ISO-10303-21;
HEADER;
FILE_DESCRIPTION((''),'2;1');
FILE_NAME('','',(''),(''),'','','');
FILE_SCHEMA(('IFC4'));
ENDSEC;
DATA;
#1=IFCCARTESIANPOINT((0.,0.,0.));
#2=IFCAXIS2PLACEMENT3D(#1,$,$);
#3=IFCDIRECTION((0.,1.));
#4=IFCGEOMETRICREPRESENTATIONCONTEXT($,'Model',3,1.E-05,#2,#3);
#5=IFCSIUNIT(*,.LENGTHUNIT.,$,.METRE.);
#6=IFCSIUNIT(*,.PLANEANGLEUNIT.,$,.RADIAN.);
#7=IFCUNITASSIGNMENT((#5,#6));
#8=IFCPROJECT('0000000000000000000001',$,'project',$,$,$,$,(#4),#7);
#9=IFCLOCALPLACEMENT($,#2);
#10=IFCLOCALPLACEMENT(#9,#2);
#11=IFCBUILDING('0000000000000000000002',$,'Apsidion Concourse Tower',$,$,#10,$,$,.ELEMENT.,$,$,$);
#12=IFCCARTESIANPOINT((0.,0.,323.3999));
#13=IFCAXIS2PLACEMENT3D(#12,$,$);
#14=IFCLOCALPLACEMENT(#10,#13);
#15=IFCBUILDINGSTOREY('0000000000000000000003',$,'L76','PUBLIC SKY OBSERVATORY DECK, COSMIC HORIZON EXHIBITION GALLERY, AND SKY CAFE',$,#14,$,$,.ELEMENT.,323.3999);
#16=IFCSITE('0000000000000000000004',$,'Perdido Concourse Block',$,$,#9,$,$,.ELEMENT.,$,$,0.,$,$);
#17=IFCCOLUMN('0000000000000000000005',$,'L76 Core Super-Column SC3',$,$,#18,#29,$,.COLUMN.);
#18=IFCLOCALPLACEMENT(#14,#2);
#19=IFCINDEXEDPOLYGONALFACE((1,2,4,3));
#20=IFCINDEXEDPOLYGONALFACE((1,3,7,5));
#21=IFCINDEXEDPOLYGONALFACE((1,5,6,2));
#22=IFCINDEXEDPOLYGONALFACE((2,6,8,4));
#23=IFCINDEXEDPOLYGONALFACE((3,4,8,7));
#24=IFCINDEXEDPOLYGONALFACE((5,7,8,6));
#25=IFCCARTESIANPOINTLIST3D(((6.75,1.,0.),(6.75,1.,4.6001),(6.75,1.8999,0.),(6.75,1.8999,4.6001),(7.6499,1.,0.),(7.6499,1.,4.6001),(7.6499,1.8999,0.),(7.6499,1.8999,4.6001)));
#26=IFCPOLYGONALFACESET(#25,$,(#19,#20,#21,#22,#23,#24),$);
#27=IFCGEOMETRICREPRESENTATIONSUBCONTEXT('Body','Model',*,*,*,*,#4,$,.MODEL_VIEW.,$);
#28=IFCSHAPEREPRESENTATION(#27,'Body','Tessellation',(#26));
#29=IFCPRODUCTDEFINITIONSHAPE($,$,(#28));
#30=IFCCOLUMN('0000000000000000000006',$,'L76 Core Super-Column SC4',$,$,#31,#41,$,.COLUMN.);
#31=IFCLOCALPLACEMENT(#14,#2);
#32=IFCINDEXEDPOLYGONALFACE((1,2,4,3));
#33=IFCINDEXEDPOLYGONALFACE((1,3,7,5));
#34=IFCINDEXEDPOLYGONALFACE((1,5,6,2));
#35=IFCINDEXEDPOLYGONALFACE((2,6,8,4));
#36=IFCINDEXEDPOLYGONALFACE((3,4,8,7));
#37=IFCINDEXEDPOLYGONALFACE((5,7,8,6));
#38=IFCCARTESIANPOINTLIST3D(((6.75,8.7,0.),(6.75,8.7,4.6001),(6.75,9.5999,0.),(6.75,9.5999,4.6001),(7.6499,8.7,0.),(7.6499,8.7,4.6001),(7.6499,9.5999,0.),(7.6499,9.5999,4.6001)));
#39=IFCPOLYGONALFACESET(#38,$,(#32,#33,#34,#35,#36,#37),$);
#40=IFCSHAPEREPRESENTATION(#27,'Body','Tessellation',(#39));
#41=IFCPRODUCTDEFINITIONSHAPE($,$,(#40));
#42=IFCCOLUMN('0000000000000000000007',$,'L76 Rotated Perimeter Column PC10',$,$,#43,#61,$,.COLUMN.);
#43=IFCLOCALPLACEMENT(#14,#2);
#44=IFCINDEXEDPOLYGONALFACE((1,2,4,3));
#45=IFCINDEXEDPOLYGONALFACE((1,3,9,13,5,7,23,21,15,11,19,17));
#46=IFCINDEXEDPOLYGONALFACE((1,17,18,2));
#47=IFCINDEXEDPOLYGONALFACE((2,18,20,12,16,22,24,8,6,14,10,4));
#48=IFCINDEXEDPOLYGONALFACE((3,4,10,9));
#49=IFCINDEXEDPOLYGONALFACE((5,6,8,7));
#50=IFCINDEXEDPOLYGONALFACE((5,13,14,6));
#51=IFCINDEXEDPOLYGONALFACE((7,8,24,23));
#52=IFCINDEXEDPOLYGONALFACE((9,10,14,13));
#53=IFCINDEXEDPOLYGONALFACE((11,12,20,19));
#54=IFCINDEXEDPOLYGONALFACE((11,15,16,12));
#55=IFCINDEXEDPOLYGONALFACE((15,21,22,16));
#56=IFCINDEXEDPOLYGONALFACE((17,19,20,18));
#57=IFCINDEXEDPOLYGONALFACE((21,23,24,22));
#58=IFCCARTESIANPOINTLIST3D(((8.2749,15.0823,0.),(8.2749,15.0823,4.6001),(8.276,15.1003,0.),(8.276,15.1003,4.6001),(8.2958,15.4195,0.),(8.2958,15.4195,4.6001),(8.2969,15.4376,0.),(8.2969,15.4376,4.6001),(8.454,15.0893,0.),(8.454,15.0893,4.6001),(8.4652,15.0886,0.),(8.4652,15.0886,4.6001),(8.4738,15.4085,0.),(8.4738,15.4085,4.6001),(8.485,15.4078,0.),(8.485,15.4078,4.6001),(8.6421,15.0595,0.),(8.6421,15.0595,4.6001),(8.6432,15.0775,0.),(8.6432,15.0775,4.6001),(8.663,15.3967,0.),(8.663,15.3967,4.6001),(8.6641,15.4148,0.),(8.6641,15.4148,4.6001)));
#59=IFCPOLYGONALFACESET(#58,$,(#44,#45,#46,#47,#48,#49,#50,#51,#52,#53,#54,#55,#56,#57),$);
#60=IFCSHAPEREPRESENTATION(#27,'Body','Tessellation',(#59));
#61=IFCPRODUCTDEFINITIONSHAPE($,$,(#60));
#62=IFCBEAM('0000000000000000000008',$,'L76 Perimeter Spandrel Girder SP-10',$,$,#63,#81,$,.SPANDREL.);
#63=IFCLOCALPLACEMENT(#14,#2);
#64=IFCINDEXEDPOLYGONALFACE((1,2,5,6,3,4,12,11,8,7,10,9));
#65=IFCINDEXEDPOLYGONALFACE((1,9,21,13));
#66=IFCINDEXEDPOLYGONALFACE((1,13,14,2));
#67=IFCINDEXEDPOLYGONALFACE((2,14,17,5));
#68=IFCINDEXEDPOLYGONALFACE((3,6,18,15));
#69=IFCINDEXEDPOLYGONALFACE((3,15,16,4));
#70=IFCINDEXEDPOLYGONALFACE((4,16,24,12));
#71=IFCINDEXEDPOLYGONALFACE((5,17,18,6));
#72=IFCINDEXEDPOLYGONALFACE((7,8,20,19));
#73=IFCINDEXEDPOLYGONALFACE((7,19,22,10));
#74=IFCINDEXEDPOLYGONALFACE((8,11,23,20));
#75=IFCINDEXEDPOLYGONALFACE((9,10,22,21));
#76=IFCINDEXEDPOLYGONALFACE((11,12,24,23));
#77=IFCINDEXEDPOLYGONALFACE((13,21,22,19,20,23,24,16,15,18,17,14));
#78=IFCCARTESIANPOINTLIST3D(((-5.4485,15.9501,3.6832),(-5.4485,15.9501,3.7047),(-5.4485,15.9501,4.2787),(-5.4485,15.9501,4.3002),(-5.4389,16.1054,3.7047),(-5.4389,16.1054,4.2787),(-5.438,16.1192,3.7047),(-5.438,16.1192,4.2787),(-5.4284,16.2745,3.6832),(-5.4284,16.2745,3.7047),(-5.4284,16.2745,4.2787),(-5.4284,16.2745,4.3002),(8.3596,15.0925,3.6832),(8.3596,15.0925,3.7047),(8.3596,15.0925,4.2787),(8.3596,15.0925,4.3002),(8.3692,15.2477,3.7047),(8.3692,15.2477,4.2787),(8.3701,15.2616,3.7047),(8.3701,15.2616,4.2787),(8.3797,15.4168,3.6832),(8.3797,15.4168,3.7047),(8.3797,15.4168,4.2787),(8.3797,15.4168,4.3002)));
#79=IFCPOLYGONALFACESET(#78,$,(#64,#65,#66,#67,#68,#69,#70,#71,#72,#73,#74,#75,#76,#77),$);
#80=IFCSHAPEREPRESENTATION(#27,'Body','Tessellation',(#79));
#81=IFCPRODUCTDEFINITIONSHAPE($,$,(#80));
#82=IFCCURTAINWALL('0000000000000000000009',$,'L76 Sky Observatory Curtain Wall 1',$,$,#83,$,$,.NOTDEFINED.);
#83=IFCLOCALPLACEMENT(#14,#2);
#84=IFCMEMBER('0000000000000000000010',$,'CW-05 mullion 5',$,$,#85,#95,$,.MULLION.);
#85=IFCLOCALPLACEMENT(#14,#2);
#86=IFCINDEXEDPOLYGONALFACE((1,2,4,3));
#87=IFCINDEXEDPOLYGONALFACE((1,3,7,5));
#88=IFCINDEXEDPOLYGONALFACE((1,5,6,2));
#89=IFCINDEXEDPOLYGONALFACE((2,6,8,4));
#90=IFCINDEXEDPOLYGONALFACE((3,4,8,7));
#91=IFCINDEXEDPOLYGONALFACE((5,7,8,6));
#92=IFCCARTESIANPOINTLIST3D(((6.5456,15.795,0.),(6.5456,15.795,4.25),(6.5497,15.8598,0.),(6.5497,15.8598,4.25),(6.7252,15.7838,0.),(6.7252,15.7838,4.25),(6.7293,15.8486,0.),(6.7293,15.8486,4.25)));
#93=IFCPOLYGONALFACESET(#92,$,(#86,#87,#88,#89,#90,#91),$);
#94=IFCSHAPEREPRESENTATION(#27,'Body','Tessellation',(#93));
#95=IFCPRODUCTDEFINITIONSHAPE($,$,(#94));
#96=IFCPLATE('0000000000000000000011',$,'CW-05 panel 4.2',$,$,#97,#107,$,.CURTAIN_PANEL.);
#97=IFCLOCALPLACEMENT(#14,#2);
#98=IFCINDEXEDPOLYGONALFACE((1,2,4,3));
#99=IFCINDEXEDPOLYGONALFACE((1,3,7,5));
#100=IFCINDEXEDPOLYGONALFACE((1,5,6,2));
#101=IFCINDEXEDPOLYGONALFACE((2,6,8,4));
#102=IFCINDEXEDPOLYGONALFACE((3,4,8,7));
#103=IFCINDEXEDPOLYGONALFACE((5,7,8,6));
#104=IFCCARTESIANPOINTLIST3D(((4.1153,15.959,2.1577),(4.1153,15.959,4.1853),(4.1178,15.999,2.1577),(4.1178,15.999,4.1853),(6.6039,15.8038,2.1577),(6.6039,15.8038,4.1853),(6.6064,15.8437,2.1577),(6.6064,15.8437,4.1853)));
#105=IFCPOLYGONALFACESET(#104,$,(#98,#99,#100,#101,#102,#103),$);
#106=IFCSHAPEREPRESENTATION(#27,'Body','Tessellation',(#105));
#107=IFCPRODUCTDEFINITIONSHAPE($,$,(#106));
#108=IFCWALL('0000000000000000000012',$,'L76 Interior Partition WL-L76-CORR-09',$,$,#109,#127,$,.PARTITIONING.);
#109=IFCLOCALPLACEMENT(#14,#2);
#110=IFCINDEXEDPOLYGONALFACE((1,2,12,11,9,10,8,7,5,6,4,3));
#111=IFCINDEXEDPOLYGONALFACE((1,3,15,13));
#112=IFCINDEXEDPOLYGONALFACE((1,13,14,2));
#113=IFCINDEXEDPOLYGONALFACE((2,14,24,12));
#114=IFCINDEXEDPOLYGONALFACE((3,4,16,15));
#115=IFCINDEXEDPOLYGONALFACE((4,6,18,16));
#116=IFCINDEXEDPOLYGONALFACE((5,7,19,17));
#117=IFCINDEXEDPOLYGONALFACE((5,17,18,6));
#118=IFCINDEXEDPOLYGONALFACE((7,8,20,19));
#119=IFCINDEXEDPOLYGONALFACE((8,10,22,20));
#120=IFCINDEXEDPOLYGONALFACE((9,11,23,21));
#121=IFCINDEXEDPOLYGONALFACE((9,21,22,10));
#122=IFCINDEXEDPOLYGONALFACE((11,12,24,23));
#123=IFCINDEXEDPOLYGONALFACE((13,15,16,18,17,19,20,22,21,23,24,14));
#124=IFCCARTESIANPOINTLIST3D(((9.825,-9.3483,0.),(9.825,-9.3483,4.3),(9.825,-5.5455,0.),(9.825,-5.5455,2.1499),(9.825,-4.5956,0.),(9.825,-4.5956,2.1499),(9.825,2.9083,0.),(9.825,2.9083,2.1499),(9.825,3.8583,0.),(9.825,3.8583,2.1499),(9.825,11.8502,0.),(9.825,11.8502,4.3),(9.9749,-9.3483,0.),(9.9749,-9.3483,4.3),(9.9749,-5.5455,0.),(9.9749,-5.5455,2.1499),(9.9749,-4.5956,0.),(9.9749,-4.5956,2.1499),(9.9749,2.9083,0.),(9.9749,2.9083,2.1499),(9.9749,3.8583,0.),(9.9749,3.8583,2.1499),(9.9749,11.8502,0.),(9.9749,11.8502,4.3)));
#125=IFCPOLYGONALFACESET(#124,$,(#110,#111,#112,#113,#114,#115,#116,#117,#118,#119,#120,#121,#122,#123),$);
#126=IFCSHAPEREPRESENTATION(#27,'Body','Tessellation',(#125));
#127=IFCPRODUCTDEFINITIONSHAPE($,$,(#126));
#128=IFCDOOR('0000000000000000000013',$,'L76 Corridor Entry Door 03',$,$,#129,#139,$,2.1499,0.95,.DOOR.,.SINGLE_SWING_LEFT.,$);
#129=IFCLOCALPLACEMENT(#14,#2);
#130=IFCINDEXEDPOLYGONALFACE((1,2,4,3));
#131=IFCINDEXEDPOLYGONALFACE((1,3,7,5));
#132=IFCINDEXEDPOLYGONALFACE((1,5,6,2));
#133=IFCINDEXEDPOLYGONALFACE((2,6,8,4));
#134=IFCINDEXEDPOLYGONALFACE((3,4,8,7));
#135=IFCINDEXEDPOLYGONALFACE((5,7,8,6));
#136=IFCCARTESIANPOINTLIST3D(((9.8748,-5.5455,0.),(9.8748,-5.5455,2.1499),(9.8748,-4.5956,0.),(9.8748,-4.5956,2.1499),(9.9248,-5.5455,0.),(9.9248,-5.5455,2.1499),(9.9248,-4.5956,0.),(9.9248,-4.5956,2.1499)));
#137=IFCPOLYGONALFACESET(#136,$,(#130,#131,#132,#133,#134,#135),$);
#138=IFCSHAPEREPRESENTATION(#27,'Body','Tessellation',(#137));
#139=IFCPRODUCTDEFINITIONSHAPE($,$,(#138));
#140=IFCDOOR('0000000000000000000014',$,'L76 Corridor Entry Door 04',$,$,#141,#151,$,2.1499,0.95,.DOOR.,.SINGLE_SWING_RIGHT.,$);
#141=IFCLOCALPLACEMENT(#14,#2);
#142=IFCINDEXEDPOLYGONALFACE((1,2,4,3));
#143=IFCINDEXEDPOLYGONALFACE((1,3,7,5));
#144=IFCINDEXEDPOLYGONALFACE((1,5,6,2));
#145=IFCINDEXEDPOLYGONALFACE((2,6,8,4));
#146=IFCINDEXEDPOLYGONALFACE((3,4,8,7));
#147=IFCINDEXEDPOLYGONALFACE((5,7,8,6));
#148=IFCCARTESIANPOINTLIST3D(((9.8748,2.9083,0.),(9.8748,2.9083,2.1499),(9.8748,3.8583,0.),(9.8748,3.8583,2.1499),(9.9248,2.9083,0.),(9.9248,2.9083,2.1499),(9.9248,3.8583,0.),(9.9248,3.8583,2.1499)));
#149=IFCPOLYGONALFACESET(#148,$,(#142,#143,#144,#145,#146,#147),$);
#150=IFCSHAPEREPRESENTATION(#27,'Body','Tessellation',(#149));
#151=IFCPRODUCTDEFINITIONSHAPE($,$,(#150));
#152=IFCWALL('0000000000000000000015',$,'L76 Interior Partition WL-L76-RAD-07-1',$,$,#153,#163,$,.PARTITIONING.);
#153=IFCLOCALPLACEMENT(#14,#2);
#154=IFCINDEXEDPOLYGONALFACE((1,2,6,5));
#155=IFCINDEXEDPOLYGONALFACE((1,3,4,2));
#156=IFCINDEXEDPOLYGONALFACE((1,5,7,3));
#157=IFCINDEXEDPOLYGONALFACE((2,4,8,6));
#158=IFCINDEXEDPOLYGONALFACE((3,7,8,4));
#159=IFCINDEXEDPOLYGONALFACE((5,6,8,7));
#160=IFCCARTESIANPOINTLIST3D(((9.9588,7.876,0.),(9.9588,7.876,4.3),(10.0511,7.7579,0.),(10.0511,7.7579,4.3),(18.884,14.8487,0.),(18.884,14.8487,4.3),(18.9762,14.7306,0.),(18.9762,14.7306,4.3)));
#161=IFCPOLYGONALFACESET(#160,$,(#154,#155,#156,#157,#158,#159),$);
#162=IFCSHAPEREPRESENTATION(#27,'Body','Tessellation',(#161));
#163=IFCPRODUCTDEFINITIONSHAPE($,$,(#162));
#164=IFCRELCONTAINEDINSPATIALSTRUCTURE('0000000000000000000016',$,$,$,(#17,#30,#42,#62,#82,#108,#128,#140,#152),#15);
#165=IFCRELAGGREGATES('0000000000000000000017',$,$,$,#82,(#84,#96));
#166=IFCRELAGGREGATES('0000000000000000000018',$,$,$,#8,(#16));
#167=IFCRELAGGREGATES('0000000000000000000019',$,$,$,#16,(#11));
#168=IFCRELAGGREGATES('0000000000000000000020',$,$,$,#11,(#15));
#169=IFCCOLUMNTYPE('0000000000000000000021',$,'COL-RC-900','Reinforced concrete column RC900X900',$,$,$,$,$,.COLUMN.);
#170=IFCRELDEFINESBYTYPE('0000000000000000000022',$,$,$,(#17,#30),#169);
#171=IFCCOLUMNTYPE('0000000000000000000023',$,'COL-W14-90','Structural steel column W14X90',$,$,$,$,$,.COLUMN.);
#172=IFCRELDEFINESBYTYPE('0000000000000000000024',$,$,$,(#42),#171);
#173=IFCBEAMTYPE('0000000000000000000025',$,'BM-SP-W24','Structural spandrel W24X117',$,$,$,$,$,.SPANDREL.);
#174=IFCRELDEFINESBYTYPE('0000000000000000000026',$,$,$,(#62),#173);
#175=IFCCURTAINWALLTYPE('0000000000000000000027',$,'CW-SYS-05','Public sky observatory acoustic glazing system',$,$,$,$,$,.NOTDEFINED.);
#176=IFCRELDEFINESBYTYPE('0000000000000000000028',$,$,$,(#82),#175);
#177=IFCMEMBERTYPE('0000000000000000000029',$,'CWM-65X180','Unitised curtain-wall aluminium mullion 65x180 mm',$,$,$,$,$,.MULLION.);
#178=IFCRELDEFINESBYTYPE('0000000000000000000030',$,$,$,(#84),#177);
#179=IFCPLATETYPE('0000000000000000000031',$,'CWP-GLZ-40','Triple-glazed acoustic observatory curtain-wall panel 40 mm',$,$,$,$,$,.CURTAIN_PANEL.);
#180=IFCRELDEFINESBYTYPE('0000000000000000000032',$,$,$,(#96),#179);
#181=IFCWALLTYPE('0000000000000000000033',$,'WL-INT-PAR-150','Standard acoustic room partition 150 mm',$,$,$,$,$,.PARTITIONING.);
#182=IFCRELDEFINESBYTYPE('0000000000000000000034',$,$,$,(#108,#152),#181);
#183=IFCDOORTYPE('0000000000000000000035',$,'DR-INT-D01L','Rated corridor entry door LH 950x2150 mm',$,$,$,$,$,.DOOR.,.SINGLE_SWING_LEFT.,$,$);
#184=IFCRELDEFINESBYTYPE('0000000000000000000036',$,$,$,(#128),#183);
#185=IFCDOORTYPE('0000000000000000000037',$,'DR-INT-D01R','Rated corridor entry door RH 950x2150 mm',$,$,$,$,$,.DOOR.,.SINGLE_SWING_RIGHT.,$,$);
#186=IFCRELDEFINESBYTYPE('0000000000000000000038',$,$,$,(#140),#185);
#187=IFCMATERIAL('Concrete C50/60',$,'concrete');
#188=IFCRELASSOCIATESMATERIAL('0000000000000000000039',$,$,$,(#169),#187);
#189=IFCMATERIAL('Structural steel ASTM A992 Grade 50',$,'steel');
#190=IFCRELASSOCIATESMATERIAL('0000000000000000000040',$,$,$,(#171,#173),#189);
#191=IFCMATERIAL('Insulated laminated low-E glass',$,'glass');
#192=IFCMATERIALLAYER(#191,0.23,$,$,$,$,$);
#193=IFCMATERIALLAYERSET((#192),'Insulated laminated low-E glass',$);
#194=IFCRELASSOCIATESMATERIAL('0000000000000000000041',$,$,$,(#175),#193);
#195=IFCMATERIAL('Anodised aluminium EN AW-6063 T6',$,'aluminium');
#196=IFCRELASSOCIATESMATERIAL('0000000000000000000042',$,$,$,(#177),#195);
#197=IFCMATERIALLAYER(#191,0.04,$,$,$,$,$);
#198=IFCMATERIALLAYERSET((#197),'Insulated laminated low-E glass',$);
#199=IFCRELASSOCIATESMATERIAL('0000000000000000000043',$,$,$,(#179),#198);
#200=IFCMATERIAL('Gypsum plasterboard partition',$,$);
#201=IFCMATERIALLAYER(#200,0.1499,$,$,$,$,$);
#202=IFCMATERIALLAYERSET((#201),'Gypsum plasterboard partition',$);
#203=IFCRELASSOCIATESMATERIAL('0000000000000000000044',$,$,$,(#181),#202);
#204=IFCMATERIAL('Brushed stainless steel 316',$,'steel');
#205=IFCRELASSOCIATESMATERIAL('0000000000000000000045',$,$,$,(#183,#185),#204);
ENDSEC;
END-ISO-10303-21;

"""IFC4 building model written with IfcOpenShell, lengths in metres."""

from ifc_helpers import new_model, si_unit, direction, frame, frame_2d, origin, origin_2d, place, context, subcontext, project, spatial, rectangle, i_section, extrude, material, layer, layer_set, material_profile, profile_set, type_object, element, fill, aggregate, save


model = new_model("IFC4")

# Units and contexts
model_context = context("Model", 3, precision=1e-05, world=origin(), true_north=direction((0.0, 1.0)))
body_context = subcontext(model_context, "Body", "Model", "MODEL_VIEW")
ifc_project = project(units=[si_unit("LENGTHUNIT", "METRE"), si_unit("PLANEANGLEUNIT", "RADIAN")], contexts=[model_context])

# Site, building, storey
site_placement = place(None, origin())
site = spatial("IfcSite", under=ifc_project, at=site_placement, Name="Perdido Concourse Block", CompositionType="ELEMENT", RefElevation=0.0)
building_placement = place(site_placement, origin())
building = spatial("IfcBuilding", under=site, at=building_placement, Name="Apsidion Concourse Tower", CompositionType="ELEMENT")
storey_placement = place(building_placement, frame((0.0, 0.0, 323.3999)))
storey = spatial("IfcBuildingStorey", under=building, at=storey_placement, Name="L76", Description="PUBLIC SKY OBSERVATORY DECK, COSMIC HORIZON EXHIBITION GALLERY, AND SKY CAFE", CompositionType="ELEMENT", Elevation=323.3999)

# Columns
ifc_material_1 = material(Name="Concrete C50/60", Category="concrete")
ifc_material_profile_1 = material_profile(ifc_material_1, rectangle(XDim=0.8999, YDim=0.8999, at=origin_2d()), Name="RC 900x900")
ifc_profile_set_1 = profile_set([ifc_material_profile_1], Name="Concrete C50/60")
column_type_1 = type_object("IfcColumnType", Name="COL-RC-900", Description="Reinforced concrete column RC900X900", PredefinedType="COLUMN", material=ifc_profile_set_1)
for number, where, z_axis, x_axis, name in (
    (1, (7.2, 1.45, 0.0), (0.0, 0.0, 1.0), (1.0, 0.0, 0.0), "L76 Core Super-Column SC3"),
    (2, (7.2, 9.1499, 0.0), (0.0, 0.0, 1.0), (1.0, 0.0, 0.0), "L76 Core Super-Column SC4"),
):
    element("IfcColumn", number, at=place(storey_placement, frame(where, z_axis=z_axis, x_axis=x_axis)), inside=storey, type_object=column_type_1, Name=name, PredefinedType="COLUMN", context=body_context, shape_type="SweptSolid", body=[
        extrude(rectangle(XDim=0.8999, YDim=0.8999, at=origin_2d()), origin(), (0.0, 0.0, 1.0), 4.6001),
    ])
ifc_material_2 = material(Name="Structural steel ASTM A992 Grade 50", Category="steel")
ifc_material_profile_2 = material_profile(ifc_material_2, i_section(OverallWidth=0.3679, OverallDepth=0.356, WebThickness=0.0112, FlangeThickness=0.0181, at=origin_2d()), Name="W14X90")
ifc_profile_set_2 = profile_set([ifc_material_profile_2], Name="Structural steel ASTM A992 Grade 50")
column_type_2 = type_object("IfcColumnType", Name="COL-W14-90", Description="Structural steel column W14X90", PredefinedType="COLUMN", material=ifc_profile_set_2)
column_placement = place(storey_placement, frame((8.4695, 15.2485, 0.0), z_axis=(0.0, 0.0, 1.0), x_axis=(-0.998081, 0.06192, 0.0)))
element("IfcColumn", 3, at=column_placement, inside=storey, type_object=column_type_2, Name="L76 Rotated Perimeter Column PC10", PredefinedType="COLUMN", context=body_context, shape_type="SweptSolid", body=[
    extrude(i_section(OverallWidth=0.3679, OverallDepth=0.356, WebThickness=0.0112, FlangeThickness=0.0181, at=origin_2d()), origin(), (0.0, 0.0, 1.0), 4.6001),
])

# Beam
ifc_material_profile_3 = material_profile(ifc_material_2, i_section(OverallWidth=0.325, OverallDepth=0.6169, WebThickness=0.0139, FlangeThickness=0.0215, at=origin_2d()), Name="W24X117")
ifc_profile_set_3 = profile_set([ifc_material_profile_3], Name="Structural steel ASTM A992 Grade 50")
beam_type = type_object("IfcBeamType", Name="BM-SP-W24", Description="Structural spandrel W24X117", PredefinedType="SPANDREL", material=ifc_profile_set_3)
beam_placement = place(storey_placement, frame((8.3696, 15.2546, 3.9917), z_axis=(-0.998077, 0.061994, 0.0), x_axis=(-0.061994, -0.998077, 0.0)))
element("IfcBeam", 4, at=beam_placement, inside=storey, type_object=beam_type, Name="L76 Perimeter Spandrel Girder SP-10", PredefinedType="SPANDREL", context=body_context, shape_type="SweptSolid", body=[
    extrude(i_section(OverallWidth=0.325, OverallDepth=0.6169, WebThickness=0.0139, FlangeThickness=0.0215, at=origin_2d()), origin(), (0.0, 0.0, 1.0), 13.8347),
])

# Curtain wall, member, plate
ifc_material_3 = material(Name="Insulated laminated low-E glass", Category="glass")
ifc_layer_1 = layer(ifc_material_3, 0.23)
ifc_layer_set_1 = layer_set([ifc_layer_1], Name="Insulated laminated low-E glass")
curtain_wall_type = type_object("IfcCurtainWallType", Name="CW-SYS-05", Description="Public sky observatory acoustic glazing system", PredefinedType="NOTDEFINED", material=ifc_layer_set_1)
curtain_wall_placement = place(storey_placement, origin())
curtain_wall = element("IfcCurtainWall", 5, at=curtain_wall_placement, inside=storey, type_object=curtain_wall_type, Name="L76 Sky Observatory Curtain Wall 1", PredefinedType="NOTDEFINED")
ifc_material_4 = material(Name="Anodised aluminium EN AW-6063 T6", Category="aluminium")
ifc_material_profile_4 = material_profile(ifc_material_4, rectangle(XDim=0.0649, YDim=0.1799, at=origin_2d()), Name="ALU MULLION 65x180")
ifc_profile_set_4 = profile_set([ifc_material_profile_4], Name="Anodised aluminium EN AW-6063 T6")
member_type = type_object("IfcMemberType", Name="CWM-65X180", Description="Unitised curtain-wall aluminium mullion 65x180 mm", PredefinedType="MULLION", material=ifc_profile_set_4)
member_placement = place(storey_placement, frame((6.6375, 15.8218, 0.0), z_axis=(0.0, 0.0, 1.0), x_axis=(0.062249, 0.998061, 0.0)))
member = element("IfcMember", 6, at=member_placement, type_object=member_type, Name="CW-05 mullion 5", PredefinedType="MULLION", context=body_context, shape_type="SweptSolid", body=[
    extrude(rectangle(XDim=0.0649, YDim=0.1799, at=origin_2d()), origin(), (0.0, 0.0, 1.0), 4.25),
])
ifc_layer_2 = layer(ifc_material_3, 0.04)
ifc_layer_set_2 = layer_set([ifc_layer_2], Name="Insulated laminated low-E glass")
plate_type = type_object("IfcPlateType", Name="CWP-GLZ-40", Description="Triple-glazed acoustic observatory curtain-wall panel 40 mm", PredefinedType="CURTAIN_PANEL", material=ifc_layer_set_2)
plate_placement = place(storey_placement, frame((5.3608, 15.9014, 2.1577), z_axis=(0.0, 0.0, 1.0), x_axis=(0.998061, -0.062249, 0.0)))
plate = element("IfcPlate", 7, at=plate_placement, type_object=plate_type, Name="CW-05 panel 4.2", PredefinedType="CURTAIN_PANEL", context=body_context, shape_type="SweptSolid", body=[
    extrude(rectangle(XDim=2.4934, YDim=0.04, at=origin_2d()), origin(), (0.0, 0.0, 1.0), 2.0276),
])
aggregate(curtain_wall, [member, plate])

# Wall, openings, doors
ifc_material_5 = material(Name="Gypsum plasterboard partition")
ifc_layer_3 = layer(ifc_material_5, 0.1499)
ifc_layer_set_3 = layer_set([ifc_layer_3], Name="Gypsum plasterboard partition")
wall_type_1 = type_object("IfcWallType", Name="WL-INT-PAR-150", Description="Standard acoustic room partition 150 mm", PredefinedType="PARTITIONING", material=ifc_layer_set_3)
wall_1_placement = place(storey_placement, frame((9.8999, 11.8501, 0.0), z_axis=(0.0, 0.0, 1.0), x_axis=(0.0, -1.0, 0.0)))
wall_1 = element("IfcWall", 8, at=wall_1_placement, inside=storey, type_object=wall_type_1, Name="L76 Interior Partition WL-L76-CORR-09", PredefinedType="PARTITIONING", context=body_context, shape_type="SweptSolid", body=[
    extrude(rectangle(XDim=21.1985, YDim=0.1499, at=frame_2d((10.5991, 0.0))), origin(), (0.0, 0.0, 1.0), 4.3),
])
opening_1_placement = place(wall_1_placement, frame((16.4456, 0.0, 0.0)))
opening_1 = element("IfcOpeningElement", 9, at=opening_1_placement, cuts=wall_1, PredefinedType="OPENING", context=body_context, shape_type="SweptSolid", body=[
    extrude(rectangle(XDim=0.95, YDim=2.1499, at=frame_2d((0.4751, 1.075))), frame((0.0, 0.085, 0.0), z_axis=(0.0, -1.0, 0.0), x_axis=(1.0, 0.0, 0.0)), (0.0, 0.0, 1.0), 0.1699),
])
opening_2_placement = place(wall_1_placement, frame((7.9917, 0.0, 0.0)))
opening_2 = element("IfcOpeningElement", 10, at=opening_2_placement, cuts=wall_1, PredefinedType="OPENING", context=body_context, shape_type="SweptSolid", body=[
    extrude(rectangle(XDim=0.95, YDim=2.1499, at=frame_2d((0.4751, 1.075))), frame((0.0, 0.085, 0.0), z_axis=(0.0, -1.0, 0.0), x_axis=(1.0, 0.0, 0.0)), (0.0, 0.0, 1.0), 0.1699),
])
ifc_material_6 = material(Name="Brushed stainless steel 316", Category="steel")
door_type_1 = type_object("IfcDoorType", Name="DR-INT-D01L", Description="Rated corridor entry door LH 950x2150 mm", OperationType="SINGLE_SWING_LEFT", PredefinedType="DOOR", material=ifc_material_6)
door_1_placement = place(opening_1_placement, origin())
door_1 = element("IfcDoor", 11, at=door_1_placement, inside=storey, type_object=door_type_1, Name="L76 Corridor Entry Door 03", OperationType="SINGLE_SWING_LEFT", OverallHeight=2.1499, OverallWidth=0.95, PredefinedType="DOOR", context=body_context, shape_type="SweptSolid", body=[
    extrude(rectangle(XDim=0.95, YDim=2.1499, at=frame_2d((0.4751, 1.075))), frame((0.0, 0.0249, 0.0), z_axis=(0.0, -1.0, 0.0), x_axis=(1.0, 0.0, 0.0)), (0.0, 0.0, 1.0), 0.05),
])
fill(opening_1, door_1)
door_type_2 = type_object("IfcDoorType", Name="DR-INT-D01R", Description="Rated corridor entry door RH 950x2150 mm", OperationType="SINGLE_SWING_RIGHT", PredefinedType="DOOR", material=ifc_material_6)
door_2_placement = place(opening_2_placement, origin())
door_2 = element("IfcDoor", 12, at=door_2_placement, inside=storey, type_object=door_type_2, Name="L76 Corridor Entry Door 04", OperationType="SINGLE_SWING_RIGHT", OverallHeight=2.1499, OverallWidth=0.95, PredefinedType="DOOR", context=body_context, shape_type="SweptSolid", body=[
    extrude(rectangle(XDim=0.95, YDim=2.1499, at=frame_2d((0.4751, 1.075))), frame((0.0, 0.0249, 0.0), z_axis=(0.0, -1.0, 0.0), x_axis=(1.0, 0.0, 0.0)), (0.0, 0.0, 1.0), 0.05),
])
fill(opening_2, door_2)

# Wall
wall_2_placement = place(storey_placement, frame((10.0049, 7.8169, 0.0), z_axis=(0.0, 0.0, 1.0), x_axis=(0.788026, 0.615642, 0.0)))
element("IfcWall", 13, at=wall_2_placement, inside=storey, type_object=wall_type_1, Name="L76 Interior Partition WL-L76-RAD-07-1", PredefinedType="PARTITIONING", context=body_context, shape_type="SweptSolid", body=[
    extrude(rectangle(XDim=11.3259, YDim=0.1499, at=frame_2d((5.6631, 0.0))), origin(), (0.0, 0.0, 1.0), 4.3),
])

save(model, "model.ifc")
